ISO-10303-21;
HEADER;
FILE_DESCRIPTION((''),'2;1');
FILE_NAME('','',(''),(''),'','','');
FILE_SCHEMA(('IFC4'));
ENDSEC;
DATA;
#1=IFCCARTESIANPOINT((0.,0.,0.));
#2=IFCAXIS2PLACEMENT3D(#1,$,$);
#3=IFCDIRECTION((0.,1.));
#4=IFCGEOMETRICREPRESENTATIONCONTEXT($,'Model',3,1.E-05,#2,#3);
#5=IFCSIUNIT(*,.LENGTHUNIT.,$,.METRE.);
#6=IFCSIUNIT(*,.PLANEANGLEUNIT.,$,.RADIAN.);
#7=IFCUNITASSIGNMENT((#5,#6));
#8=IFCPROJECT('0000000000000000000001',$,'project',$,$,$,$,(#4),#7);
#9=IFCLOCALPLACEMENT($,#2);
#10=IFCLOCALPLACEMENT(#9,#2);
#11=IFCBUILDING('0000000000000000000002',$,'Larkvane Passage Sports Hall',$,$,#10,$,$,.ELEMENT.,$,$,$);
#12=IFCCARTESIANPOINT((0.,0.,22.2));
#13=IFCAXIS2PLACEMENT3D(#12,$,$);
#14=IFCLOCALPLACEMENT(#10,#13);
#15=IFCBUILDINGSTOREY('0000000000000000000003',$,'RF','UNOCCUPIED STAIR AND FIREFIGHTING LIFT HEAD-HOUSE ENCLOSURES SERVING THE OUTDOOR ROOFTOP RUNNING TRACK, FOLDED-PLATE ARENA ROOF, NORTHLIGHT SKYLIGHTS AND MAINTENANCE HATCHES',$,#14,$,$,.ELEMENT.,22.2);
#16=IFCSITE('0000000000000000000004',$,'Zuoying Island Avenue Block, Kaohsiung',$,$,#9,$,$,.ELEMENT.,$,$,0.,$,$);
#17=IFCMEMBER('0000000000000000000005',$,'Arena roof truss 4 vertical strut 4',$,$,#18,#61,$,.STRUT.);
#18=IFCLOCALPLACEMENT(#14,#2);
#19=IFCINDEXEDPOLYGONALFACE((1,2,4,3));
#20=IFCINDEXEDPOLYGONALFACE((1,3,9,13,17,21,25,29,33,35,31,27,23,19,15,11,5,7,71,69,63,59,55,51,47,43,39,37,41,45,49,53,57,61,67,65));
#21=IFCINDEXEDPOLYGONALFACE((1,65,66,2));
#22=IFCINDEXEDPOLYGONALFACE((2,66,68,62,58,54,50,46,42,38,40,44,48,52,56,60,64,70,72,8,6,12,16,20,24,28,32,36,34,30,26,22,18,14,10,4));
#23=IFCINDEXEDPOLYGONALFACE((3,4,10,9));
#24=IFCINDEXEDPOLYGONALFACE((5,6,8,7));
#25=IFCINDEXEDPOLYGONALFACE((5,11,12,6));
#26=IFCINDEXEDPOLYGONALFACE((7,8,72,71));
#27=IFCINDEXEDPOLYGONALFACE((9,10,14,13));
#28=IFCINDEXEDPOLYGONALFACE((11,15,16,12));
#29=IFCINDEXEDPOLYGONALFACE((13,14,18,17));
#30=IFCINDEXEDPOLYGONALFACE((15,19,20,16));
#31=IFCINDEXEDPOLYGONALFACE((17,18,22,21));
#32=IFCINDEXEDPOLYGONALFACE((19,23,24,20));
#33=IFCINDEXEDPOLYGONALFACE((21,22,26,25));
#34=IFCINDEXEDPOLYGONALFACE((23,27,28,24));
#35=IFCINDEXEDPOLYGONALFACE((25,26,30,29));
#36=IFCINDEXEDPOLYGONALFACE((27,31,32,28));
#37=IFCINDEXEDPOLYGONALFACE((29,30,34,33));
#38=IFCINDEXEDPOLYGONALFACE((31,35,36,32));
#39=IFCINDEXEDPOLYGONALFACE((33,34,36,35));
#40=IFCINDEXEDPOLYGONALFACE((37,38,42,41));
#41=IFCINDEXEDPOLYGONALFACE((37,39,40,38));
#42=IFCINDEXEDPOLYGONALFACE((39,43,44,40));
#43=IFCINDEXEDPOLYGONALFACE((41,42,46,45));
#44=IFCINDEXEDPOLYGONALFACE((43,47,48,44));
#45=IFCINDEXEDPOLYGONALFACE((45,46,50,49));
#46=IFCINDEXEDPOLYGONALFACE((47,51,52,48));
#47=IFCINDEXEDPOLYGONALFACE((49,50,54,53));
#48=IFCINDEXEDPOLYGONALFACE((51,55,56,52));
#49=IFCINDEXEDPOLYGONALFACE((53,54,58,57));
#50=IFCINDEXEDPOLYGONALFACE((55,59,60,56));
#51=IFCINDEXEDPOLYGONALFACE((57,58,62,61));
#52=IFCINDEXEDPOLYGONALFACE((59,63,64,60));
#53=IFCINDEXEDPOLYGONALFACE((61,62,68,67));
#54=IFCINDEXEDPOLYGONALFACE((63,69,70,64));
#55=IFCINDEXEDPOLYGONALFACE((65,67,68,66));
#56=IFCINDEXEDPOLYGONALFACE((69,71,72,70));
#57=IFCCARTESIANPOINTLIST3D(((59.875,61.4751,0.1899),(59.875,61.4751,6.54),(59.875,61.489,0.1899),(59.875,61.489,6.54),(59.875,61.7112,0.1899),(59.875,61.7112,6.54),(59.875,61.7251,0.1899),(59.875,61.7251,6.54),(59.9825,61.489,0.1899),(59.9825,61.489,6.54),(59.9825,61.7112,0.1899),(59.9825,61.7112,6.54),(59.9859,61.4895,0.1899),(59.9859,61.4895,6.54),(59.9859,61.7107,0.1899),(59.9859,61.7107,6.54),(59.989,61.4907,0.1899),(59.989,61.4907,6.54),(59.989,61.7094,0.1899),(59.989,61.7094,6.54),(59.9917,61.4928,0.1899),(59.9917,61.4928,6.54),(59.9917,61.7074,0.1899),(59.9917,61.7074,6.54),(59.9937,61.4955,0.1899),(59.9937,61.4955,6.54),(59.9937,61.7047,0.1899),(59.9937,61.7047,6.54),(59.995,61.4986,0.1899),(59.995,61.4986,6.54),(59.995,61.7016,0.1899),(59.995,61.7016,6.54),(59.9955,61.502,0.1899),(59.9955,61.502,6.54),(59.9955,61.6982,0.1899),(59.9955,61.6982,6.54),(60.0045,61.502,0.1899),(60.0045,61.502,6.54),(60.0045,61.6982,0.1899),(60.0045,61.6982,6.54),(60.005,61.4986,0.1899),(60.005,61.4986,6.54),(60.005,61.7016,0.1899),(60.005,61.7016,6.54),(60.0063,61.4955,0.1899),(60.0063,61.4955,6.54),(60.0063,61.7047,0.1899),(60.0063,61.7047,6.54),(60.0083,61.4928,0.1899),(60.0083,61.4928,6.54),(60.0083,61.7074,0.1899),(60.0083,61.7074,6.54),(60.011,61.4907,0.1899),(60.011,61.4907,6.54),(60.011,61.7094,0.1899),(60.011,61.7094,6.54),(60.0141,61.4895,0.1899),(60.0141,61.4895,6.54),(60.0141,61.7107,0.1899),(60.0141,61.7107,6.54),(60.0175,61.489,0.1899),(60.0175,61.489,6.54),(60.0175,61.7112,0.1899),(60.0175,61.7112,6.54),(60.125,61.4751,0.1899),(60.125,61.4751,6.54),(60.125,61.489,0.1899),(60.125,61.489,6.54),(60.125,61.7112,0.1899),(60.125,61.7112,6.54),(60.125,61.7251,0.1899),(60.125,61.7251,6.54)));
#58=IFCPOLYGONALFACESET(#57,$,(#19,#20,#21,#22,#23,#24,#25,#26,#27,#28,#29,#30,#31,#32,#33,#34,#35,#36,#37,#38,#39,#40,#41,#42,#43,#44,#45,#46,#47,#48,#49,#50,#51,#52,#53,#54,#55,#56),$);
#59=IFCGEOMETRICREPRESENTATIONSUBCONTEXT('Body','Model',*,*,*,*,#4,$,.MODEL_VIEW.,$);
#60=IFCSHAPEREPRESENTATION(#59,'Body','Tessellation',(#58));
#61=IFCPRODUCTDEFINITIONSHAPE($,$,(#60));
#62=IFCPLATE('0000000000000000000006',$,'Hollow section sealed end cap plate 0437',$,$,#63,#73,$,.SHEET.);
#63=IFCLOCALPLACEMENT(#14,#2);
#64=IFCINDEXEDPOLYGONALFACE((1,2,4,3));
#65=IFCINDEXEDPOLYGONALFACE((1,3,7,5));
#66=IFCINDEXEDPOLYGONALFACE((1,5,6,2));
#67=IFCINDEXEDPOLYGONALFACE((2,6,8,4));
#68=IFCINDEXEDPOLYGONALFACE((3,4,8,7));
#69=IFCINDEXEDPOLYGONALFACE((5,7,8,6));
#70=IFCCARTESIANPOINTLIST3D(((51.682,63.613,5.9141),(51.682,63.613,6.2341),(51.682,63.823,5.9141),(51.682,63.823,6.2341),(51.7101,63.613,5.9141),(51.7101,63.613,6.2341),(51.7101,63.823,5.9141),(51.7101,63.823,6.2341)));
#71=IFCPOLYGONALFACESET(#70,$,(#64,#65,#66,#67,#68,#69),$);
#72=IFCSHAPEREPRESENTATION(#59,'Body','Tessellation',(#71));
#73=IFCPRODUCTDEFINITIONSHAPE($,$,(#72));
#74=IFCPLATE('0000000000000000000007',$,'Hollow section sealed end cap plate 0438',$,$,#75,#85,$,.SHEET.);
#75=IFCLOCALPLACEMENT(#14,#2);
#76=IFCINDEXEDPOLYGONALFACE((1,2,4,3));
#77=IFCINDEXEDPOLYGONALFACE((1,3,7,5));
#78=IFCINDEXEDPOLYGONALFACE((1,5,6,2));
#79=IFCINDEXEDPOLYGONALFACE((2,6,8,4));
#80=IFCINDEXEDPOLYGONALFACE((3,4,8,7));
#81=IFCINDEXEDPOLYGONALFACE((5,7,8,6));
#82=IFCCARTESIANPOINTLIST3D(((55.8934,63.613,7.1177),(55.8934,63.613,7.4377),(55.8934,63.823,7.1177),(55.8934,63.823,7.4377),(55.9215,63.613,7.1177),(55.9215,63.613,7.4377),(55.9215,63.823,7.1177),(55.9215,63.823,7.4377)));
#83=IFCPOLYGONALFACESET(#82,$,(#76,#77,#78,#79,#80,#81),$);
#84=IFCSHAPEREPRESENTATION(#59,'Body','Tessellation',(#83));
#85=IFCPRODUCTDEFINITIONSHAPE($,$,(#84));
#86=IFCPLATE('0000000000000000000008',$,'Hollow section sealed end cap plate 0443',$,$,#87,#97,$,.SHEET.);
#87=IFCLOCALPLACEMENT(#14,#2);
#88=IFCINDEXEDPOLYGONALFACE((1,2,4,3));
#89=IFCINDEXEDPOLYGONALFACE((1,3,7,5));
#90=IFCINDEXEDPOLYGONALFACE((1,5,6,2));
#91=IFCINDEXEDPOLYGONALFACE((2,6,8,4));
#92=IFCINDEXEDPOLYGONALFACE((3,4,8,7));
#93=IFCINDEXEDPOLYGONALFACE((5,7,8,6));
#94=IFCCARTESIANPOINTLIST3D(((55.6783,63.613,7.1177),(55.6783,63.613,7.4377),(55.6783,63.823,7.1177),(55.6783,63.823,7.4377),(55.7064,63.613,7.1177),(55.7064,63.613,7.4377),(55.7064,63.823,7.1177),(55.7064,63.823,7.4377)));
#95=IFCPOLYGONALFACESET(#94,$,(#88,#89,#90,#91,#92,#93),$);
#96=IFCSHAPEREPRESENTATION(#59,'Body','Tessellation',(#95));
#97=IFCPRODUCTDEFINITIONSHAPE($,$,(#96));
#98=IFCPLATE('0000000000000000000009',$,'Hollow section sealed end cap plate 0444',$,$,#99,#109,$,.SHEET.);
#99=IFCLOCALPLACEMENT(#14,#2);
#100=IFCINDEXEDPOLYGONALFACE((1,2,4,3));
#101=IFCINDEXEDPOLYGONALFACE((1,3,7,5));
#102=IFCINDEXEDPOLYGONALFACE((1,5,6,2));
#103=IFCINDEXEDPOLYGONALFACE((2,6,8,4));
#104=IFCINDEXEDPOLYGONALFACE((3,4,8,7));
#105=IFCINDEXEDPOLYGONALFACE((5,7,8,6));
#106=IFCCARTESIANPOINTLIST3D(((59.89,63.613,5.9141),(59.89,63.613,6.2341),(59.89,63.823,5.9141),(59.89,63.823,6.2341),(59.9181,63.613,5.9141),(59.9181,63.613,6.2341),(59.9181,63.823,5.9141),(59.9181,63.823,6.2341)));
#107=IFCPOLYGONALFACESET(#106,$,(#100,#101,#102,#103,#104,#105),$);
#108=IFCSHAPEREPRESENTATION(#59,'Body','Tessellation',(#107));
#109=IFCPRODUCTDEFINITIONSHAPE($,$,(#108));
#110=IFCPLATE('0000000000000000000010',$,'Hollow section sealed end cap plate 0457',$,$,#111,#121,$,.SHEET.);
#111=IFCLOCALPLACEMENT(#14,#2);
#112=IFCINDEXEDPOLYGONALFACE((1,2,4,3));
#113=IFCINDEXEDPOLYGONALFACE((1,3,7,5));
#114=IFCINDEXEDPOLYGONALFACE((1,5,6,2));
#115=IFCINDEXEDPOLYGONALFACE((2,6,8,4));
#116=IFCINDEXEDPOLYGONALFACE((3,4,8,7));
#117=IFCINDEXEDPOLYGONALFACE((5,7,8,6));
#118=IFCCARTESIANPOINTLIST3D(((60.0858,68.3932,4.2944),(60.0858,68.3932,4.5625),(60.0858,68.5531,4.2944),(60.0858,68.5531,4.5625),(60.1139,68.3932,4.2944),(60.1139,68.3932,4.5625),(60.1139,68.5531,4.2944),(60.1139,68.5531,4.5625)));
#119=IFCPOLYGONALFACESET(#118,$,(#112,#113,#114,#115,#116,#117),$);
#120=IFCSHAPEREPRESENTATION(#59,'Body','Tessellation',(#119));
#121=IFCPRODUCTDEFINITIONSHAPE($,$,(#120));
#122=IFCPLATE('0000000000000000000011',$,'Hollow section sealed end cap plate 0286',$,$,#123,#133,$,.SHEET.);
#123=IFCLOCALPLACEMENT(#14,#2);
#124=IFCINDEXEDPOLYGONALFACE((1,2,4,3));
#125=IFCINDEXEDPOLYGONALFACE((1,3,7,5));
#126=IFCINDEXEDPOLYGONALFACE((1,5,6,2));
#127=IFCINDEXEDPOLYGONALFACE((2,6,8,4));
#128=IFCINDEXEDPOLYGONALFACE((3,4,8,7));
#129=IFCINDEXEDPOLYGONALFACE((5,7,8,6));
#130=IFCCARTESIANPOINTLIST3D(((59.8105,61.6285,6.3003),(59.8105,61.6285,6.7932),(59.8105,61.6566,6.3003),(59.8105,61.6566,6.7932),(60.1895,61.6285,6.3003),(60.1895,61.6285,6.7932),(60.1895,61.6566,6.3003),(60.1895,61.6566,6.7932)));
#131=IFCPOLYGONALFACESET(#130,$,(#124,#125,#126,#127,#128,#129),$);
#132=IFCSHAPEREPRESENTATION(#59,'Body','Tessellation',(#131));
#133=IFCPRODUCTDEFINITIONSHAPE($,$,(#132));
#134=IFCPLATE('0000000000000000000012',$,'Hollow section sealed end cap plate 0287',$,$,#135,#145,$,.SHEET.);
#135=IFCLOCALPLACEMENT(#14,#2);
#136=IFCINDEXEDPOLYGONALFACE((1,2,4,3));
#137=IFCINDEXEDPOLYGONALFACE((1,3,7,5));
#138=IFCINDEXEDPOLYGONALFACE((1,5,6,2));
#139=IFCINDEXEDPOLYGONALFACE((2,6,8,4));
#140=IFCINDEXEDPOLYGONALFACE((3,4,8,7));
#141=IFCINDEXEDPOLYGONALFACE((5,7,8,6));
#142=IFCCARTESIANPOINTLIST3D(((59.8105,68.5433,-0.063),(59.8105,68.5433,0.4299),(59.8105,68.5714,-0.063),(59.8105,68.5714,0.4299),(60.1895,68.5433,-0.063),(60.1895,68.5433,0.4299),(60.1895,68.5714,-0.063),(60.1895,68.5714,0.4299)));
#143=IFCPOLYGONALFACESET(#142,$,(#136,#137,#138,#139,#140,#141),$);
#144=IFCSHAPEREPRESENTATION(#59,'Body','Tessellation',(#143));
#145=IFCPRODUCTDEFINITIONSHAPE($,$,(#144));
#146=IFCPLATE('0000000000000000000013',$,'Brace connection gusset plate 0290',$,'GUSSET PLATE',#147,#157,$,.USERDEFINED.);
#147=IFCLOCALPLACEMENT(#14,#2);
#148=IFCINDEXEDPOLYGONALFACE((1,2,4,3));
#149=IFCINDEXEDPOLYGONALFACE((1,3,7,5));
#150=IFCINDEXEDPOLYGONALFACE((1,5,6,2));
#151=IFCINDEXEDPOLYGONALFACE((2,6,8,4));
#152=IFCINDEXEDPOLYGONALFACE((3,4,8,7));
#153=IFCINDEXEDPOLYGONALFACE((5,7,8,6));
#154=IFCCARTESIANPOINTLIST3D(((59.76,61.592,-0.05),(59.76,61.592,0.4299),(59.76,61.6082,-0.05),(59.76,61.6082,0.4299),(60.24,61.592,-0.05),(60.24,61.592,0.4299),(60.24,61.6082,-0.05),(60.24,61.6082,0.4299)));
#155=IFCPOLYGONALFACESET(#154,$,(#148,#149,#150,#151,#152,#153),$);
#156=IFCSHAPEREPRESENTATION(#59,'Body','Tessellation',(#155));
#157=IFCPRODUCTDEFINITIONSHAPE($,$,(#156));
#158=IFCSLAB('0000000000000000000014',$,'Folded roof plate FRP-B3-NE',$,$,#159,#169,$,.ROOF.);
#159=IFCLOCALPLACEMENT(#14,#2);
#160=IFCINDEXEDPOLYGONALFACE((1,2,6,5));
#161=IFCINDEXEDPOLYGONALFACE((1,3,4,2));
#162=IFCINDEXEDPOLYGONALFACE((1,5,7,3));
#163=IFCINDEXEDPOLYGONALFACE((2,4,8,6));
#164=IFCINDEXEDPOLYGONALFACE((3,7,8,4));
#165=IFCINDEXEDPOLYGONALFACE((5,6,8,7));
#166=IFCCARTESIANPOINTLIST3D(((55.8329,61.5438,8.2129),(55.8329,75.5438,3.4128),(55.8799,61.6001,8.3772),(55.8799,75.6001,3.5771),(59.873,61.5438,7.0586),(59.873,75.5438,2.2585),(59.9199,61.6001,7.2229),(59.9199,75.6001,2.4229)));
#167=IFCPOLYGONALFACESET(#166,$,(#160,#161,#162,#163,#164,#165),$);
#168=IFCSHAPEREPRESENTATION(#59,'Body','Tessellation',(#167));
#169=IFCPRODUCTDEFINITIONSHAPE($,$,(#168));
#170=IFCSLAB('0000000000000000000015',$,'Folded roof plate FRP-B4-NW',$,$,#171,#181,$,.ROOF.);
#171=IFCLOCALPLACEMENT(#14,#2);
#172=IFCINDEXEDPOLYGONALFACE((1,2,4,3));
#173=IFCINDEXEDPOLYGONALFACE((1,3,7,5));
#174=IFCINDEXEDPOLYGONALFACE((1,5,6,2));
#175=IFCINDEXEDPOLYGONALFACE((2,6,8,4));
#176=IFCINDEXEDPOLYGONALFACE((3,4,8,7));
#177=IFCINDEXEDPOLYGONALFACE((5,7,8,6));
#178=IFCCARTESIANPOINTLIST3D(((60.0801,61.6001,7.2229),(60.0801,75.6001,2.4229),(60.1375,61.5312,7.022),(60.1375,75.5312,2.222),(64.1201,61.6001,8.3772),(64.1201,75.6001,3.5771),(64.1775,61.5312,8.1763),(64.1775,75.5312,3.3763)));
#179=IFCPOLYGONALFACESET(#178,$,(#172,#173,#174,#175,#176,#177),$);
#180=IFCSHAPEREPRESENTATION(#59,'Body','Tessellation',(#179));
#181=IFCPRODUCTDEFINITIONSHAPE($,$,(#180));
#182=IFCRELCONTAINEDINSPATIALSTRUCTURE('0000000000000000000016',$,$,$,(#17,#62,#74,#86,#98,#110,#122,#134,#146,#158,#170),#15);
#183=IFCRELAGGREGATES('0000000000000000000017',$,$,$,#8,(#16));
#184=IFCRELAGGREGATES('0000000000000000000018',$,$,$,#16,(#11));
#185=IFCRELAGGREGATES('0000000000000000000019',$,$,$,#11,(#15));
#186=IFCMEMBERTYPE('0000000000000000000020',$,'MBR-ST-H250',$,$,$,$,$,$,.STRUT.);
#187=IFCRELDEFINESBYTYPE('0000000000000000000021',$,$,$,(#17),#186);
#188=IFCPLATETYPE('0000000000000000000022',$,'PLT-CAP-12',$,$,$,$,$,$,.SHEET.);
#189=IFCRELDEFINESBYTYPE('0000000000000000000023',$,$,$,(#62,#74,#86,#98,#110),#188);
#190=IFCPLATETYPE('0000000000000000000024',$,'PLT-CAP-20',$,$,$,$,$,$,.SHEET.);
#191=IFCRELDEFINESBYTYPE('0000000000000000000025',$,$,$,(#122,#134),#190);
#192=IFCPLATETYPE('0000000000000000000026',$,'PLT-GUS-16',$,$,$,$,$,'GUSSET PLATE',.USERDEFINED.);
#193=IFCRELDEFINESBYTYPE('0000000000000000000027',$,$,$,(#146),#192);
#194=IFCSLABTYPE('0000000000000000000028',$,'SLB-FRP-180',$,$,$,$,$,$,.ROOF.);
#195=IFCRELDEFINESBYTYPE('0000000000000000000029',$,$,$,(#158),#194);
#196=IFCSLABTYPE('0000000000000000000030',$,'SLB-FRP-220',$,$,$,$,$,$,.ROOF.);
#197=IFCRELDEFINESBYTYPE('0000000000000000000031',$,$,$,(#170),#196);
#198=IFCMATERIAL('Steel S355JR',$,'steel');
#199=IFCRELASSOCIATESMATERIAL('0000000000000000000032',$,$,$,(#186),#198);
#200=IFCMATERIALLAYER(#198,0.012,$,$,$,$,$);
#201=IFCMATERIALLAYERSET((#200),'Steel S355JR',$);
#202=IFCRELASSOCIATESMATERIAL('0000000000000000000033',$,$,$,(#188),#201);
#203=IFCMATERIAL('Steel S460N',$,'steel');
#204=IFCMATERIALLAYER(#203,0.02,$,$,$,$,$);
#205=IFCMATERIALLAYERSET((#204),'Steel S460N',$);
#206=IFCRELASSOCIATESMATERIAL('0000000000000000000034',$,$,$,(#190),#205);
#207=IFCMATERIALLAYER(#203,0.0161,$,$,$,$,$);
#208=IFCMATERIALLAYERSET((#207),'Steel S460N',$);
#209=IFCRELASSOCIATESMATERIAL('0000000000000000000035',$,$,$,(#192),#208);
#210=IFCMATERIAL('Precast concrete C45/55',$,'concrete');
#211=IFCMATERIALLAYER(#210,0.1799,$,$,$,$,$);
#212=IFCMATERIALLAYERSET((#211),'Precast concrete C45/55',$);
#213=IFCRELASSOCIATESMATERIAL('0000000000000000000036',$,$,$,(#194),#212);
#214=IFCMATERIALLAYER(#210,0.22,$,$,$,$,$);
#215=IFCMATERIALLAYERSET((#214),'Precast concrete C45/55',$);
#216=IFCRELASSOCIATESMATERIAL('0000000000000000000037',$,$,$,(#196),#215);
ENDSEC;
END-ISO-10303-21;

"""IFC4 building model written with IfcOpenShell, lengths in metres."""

from ifc_helpers import new_model, si_unit, direction, frame, origin, origin_2d, place, context, subcontext, project, spatial, polyline, rectangle, i_section, outline, extrude, material, layer, layer_set, material_profile, profile_set, type_object, element, save


model = new_model("IFC4")

# Units and contexts
model_context = context("Model", 3, precision=1e-05, world=origin(), true_north=direction((0.0, 1.0)))
body_context = subcontext(model_context, "Body", "Model", "MODEL_VIEW")
ifc_project = project(units=[si_unit("LENGTHUNIT", "METRE"), si_unit("PLANEANGLEUNIT", "RADIAN")], contexts=[model_context])

# Site, building, storey
site_placement = place(None, origin())
site = spatial("IfcSite", under=ifc_project, at=site_placement, Name="Zuoying Island Avenue Block, Kaohsiung", CompositionType="ELEMENT", RefElevation=0.0)
building_placement = place(site_placement, origin())
building = spatial("IfcBuilding", under=site, at=building_placement, Name="Larkvane Passage Sports Hall", CompositionType="ELEMENT")
storey_placement = place(building_placement, frame((0.0, 0.0, 22.2)))
storey = spatial("IfcBuildingStorey", under=building, at=storey_placement, Name="RF", Description="UNOCCUPIED STAIR AND FIREFIGHTING LIFT HEAD-HOUSE ENCLOSURES SERVING THE OUTDOOR ROOFTOP RUNNING TRACK, FOLDED-PLATE ARENA ROOF, NORTHLIGHT SKYLIGHTS AND MAINTENANCE HATCHES", CompositionType="ELEMENT", Elevation=22.2)

# Member
ifc_material_1 = material(Name="Steel S460N", Category="steel")
ifc_material_2 = material(Name="Steel S355JR", Category="steel")
ifc_material_profile_1 = material_profile(ifc_material_2, i_section(OverallWidth=0.25, OverallDepth=0.25, WebThickness=0.009, FlangeThickness=0.0139, FilletRadius=0.0129, at=origin_2d()), Name="H-250x250x9x14")
ifc_profile_set_1 = profile_set([ifc_material_profile_1], Name="Steel S355JR")
member_type_1 = type_object("IfcMemberType", Name="MBR-ST-H250", PredefinedType="STRUT", material=ifc_profile_set_1)
member_1_placement = place(storey_placement, frame((60.0, 61.6001, 0.1899), z_axis=(0.0, 0.0, 1.0), x_axis=(1.0, 0.0, 0.0)))
element("IfcMember", 1, at=member_1_placement, inside=storey, type_object=member_type_1, Name="Arena roof truss 4 vertical strut 4", PredefinedType="STRUT", context=body_context, shape_type="SweptSolid", body=[
    extrude(i_section(OverallWidth=0.25, OverallDepth=0.25, WebThickness=0.009, FlangeThickness=0.0139, FilletRadius=0.0129, at=origin_2d()), origin(), (0.0, 0.0, 1.0), 6.3501),
])

# Plates
ifc_layer_1 = layer(ifc_material_2, 0.012)
ifc_layer_set_1 = layer_set([ifc_layer_1], Name="Steel S355JR")
plate_type_1 = type_object("IfcPlateType", Name="PLT-CAP-12", PredefinedType="SHEET", material=ifc_layer_set_1)
for number, where, z_axis, x_axis, name in (
    (2, (51.696, 63.718, 5.9141), (0.0, 0.0, 1.0), (0.0, 1.0, 0.0), "Hollow section sealed end cap plate 0437"),
    (3, (55.9075, 63.718, 7.1177), (0.0, 0.0, 1.0), (0.0, 1.0, 0.0), "Hollow section sealed end cap plate 0438"),
    (4, (55.6924, 63.718, 7.1177), (0.0, 0.0, 1.0), (0.0, 1.0, 0.0), "Hollow section sealed end cap plate 0443"),
    (5, (59.9041, 63.718, 5.9141), (0.0, 0.0, 1.0), (0.0, 1.0, 0.0), "Hollow section sealed end cap plate 0444"),
):
    element("IfcPlate", number, at=place(storey_placement, frame(where, z_axis=z_axis, x_axis=x_axis)), inside=storey, type_object=plate_type_1, Name=name, PredefinedType="SHEET", context=body_context, shape_type="SweptSolid", body=[
        extrude(rectangle(XDim=0.21, YDim=0.0281, at=origin_2d()), origin(), (0.0, 0.0, 1.0), 0.3201),
    ])
plate_1_placement = place(storey_placement, frame((60.0999, 68.4731, 4.2944), z_axis=(0.0, 0.0, 1.0), x_axis=(0.0, 1.0, 0.0)))
element("IfcPlate", 6, at=plate_1_placement, inside=storey, type_object=plate_type_1, Name="Hollow section sealed end cap plate 0457", PredefinedType="SHEET", context=body_context, shape_type="SweptSolid", body=[
    extrude(rectangle(XDim=0.1599, YDim=0.0281, at=origin_2d()), origin(), (0.0, 0.0, 1.0), 0.2681),
])
ifc_layer_2 = layer(ifc_material_1, 0.02)
ifc_layer_set_2 = layer_set([ifc_layer_2], Name="Steel S460N")
plate_type_2 = type_object("IfcPlateType", Name="PLT-CAP-20", PredefinedType="SHEET", material=ifc_layer_set_2)
for number, where, z_axis, x_axis, name in (
    (7, (60.0, 61.6426, 6.3003), (0.0, 0.0, 1.0), (-1.0, 0.0, 0.0), "Hollow section sealed end cap plate 0286"),
    (8, (60.0, 68.5574, -0.063), (0.0, 0.0, 1.0), (-1.0, 0.0, 0.0), "Hollow section sealed end cap plate 0287"),
):
    element("IfcPlate", number, at=place(storey_placement, frame(where, z_axis=z_axis, x_axis=x_axis)), inside=storey, type_object=plate_type_2, Name=name, PredefinedType="SHEET", context=body_context, shape_type="SweptSolid", body=[
        extrude(rectangle(XDim=0.3789, YDim=0.0281, at=origin_2d()), origin(), (0.0, 0.0, 1.0), 0.4929),
    ])
ifc_layer_3 = layer(ifc_material_1, 0.0161)
ifc_layer_set_3 = layer_set([ifc_layer_3], Name="Steel S460N")
plate_type_3 = type_object("IfcPlateType", Name="PLT-GUS-16", ElementType="GUSSET PLATE", PredefinedType="USERDEFINED", material=ifc_layer_set_3)
plate_2_placement = place(storey_placement, frame((60.0, 61.6001, -0.05), z_axis=(0.0, 0.0, 1.0), x_axis=(1.0, 0.0, 0.0)))
element("IfcPlate", 9, at=plate_2_placement, inside=storey, type_object=plate_type_3, Name="Brace connection gusset plate 0290", ObjectType="GUSSET PLATE", PredefinedType="USERDEFINED", context=body_context, shape_type="SweptSolid", body=[
    extrude(rectangle(XDim=0.48, YDim=0.0161, at=origin_2d()), origin(), (0.0, 0.0, 1.0), 0.48),
])

# Slabs
ifc_material_3 = material(Name="Precast concrete C45/55", Category="concrete")
ifc_layer_4 = layer(ifc_material_3, 0.1799)
ifc_layer_set_4 = layer_set([ifc_layer_4], Name="Precast concrete C45/55")
slab_type_1 = type_object("IfcSlabType", Name="SLB-FRP-180", PredefinedType="ROOF", material=ifc_layer_set_4)
slab_1_placement = place(storey_placement, frame((55.8799, 61.6001, 8.3772), z_axis=(0.260909, 0.313094, 0.913181), x_axis=(0.961524, 0.0, -0.274721)))
element("IfcSlab", 10, at=slab_1_placement, inside=storey, type_object=slab_type_1, Name="Folded roof plate FRP-B3-NE", PredefinedType="ROOF", context=body_context, shape_type="SweptSolid", body=[
    extrude(outline(polyline([(0.0, 0.0), (4.2017, 0.0), (5.5204, 14.7412), (1.3187, 14.7412), (0.0, 0.0)])), origin(), (0.0, 0.0, -1.0), 0.1799),
])
ifc_layer_5 = layer(ifc_material_3, 0.22)
ifc_layer_set_5 = layer_set([ifc_layer_5], Name="Precast concrete C45/55")
slab_type_2 = type_object("IfcSlabType", Name="SLB-FRP-220", PredefinedType="ROOF", material=ifc_layer_set_5)
slab_2_placement = place(storey_placement, frame((60.0801, 61.6001, 7.2229), z_axis=(-0.260909, 0.313094, 0.913181), x_axis=(0.961524, 0.0, 0.274721)))
element("IfcSlab", 11, at=slab_2_placement, inside=storey, type_object=slab_type_2, Name="Folded roof plate FRP-B4-NW", PredefinedType="ROOF", context=body_context, shape_type="SweptSolid", body=[
    extrude(outline(polyline([(0.0, 0.0), (4.2017, 0.0), (2.883, 14.7412), (-1.3187, 14.7412), (0.0, 0.0)])), origin(), (0.0, 0.0, -1.0), 0.22),
])

save(model, "model.ifc")
